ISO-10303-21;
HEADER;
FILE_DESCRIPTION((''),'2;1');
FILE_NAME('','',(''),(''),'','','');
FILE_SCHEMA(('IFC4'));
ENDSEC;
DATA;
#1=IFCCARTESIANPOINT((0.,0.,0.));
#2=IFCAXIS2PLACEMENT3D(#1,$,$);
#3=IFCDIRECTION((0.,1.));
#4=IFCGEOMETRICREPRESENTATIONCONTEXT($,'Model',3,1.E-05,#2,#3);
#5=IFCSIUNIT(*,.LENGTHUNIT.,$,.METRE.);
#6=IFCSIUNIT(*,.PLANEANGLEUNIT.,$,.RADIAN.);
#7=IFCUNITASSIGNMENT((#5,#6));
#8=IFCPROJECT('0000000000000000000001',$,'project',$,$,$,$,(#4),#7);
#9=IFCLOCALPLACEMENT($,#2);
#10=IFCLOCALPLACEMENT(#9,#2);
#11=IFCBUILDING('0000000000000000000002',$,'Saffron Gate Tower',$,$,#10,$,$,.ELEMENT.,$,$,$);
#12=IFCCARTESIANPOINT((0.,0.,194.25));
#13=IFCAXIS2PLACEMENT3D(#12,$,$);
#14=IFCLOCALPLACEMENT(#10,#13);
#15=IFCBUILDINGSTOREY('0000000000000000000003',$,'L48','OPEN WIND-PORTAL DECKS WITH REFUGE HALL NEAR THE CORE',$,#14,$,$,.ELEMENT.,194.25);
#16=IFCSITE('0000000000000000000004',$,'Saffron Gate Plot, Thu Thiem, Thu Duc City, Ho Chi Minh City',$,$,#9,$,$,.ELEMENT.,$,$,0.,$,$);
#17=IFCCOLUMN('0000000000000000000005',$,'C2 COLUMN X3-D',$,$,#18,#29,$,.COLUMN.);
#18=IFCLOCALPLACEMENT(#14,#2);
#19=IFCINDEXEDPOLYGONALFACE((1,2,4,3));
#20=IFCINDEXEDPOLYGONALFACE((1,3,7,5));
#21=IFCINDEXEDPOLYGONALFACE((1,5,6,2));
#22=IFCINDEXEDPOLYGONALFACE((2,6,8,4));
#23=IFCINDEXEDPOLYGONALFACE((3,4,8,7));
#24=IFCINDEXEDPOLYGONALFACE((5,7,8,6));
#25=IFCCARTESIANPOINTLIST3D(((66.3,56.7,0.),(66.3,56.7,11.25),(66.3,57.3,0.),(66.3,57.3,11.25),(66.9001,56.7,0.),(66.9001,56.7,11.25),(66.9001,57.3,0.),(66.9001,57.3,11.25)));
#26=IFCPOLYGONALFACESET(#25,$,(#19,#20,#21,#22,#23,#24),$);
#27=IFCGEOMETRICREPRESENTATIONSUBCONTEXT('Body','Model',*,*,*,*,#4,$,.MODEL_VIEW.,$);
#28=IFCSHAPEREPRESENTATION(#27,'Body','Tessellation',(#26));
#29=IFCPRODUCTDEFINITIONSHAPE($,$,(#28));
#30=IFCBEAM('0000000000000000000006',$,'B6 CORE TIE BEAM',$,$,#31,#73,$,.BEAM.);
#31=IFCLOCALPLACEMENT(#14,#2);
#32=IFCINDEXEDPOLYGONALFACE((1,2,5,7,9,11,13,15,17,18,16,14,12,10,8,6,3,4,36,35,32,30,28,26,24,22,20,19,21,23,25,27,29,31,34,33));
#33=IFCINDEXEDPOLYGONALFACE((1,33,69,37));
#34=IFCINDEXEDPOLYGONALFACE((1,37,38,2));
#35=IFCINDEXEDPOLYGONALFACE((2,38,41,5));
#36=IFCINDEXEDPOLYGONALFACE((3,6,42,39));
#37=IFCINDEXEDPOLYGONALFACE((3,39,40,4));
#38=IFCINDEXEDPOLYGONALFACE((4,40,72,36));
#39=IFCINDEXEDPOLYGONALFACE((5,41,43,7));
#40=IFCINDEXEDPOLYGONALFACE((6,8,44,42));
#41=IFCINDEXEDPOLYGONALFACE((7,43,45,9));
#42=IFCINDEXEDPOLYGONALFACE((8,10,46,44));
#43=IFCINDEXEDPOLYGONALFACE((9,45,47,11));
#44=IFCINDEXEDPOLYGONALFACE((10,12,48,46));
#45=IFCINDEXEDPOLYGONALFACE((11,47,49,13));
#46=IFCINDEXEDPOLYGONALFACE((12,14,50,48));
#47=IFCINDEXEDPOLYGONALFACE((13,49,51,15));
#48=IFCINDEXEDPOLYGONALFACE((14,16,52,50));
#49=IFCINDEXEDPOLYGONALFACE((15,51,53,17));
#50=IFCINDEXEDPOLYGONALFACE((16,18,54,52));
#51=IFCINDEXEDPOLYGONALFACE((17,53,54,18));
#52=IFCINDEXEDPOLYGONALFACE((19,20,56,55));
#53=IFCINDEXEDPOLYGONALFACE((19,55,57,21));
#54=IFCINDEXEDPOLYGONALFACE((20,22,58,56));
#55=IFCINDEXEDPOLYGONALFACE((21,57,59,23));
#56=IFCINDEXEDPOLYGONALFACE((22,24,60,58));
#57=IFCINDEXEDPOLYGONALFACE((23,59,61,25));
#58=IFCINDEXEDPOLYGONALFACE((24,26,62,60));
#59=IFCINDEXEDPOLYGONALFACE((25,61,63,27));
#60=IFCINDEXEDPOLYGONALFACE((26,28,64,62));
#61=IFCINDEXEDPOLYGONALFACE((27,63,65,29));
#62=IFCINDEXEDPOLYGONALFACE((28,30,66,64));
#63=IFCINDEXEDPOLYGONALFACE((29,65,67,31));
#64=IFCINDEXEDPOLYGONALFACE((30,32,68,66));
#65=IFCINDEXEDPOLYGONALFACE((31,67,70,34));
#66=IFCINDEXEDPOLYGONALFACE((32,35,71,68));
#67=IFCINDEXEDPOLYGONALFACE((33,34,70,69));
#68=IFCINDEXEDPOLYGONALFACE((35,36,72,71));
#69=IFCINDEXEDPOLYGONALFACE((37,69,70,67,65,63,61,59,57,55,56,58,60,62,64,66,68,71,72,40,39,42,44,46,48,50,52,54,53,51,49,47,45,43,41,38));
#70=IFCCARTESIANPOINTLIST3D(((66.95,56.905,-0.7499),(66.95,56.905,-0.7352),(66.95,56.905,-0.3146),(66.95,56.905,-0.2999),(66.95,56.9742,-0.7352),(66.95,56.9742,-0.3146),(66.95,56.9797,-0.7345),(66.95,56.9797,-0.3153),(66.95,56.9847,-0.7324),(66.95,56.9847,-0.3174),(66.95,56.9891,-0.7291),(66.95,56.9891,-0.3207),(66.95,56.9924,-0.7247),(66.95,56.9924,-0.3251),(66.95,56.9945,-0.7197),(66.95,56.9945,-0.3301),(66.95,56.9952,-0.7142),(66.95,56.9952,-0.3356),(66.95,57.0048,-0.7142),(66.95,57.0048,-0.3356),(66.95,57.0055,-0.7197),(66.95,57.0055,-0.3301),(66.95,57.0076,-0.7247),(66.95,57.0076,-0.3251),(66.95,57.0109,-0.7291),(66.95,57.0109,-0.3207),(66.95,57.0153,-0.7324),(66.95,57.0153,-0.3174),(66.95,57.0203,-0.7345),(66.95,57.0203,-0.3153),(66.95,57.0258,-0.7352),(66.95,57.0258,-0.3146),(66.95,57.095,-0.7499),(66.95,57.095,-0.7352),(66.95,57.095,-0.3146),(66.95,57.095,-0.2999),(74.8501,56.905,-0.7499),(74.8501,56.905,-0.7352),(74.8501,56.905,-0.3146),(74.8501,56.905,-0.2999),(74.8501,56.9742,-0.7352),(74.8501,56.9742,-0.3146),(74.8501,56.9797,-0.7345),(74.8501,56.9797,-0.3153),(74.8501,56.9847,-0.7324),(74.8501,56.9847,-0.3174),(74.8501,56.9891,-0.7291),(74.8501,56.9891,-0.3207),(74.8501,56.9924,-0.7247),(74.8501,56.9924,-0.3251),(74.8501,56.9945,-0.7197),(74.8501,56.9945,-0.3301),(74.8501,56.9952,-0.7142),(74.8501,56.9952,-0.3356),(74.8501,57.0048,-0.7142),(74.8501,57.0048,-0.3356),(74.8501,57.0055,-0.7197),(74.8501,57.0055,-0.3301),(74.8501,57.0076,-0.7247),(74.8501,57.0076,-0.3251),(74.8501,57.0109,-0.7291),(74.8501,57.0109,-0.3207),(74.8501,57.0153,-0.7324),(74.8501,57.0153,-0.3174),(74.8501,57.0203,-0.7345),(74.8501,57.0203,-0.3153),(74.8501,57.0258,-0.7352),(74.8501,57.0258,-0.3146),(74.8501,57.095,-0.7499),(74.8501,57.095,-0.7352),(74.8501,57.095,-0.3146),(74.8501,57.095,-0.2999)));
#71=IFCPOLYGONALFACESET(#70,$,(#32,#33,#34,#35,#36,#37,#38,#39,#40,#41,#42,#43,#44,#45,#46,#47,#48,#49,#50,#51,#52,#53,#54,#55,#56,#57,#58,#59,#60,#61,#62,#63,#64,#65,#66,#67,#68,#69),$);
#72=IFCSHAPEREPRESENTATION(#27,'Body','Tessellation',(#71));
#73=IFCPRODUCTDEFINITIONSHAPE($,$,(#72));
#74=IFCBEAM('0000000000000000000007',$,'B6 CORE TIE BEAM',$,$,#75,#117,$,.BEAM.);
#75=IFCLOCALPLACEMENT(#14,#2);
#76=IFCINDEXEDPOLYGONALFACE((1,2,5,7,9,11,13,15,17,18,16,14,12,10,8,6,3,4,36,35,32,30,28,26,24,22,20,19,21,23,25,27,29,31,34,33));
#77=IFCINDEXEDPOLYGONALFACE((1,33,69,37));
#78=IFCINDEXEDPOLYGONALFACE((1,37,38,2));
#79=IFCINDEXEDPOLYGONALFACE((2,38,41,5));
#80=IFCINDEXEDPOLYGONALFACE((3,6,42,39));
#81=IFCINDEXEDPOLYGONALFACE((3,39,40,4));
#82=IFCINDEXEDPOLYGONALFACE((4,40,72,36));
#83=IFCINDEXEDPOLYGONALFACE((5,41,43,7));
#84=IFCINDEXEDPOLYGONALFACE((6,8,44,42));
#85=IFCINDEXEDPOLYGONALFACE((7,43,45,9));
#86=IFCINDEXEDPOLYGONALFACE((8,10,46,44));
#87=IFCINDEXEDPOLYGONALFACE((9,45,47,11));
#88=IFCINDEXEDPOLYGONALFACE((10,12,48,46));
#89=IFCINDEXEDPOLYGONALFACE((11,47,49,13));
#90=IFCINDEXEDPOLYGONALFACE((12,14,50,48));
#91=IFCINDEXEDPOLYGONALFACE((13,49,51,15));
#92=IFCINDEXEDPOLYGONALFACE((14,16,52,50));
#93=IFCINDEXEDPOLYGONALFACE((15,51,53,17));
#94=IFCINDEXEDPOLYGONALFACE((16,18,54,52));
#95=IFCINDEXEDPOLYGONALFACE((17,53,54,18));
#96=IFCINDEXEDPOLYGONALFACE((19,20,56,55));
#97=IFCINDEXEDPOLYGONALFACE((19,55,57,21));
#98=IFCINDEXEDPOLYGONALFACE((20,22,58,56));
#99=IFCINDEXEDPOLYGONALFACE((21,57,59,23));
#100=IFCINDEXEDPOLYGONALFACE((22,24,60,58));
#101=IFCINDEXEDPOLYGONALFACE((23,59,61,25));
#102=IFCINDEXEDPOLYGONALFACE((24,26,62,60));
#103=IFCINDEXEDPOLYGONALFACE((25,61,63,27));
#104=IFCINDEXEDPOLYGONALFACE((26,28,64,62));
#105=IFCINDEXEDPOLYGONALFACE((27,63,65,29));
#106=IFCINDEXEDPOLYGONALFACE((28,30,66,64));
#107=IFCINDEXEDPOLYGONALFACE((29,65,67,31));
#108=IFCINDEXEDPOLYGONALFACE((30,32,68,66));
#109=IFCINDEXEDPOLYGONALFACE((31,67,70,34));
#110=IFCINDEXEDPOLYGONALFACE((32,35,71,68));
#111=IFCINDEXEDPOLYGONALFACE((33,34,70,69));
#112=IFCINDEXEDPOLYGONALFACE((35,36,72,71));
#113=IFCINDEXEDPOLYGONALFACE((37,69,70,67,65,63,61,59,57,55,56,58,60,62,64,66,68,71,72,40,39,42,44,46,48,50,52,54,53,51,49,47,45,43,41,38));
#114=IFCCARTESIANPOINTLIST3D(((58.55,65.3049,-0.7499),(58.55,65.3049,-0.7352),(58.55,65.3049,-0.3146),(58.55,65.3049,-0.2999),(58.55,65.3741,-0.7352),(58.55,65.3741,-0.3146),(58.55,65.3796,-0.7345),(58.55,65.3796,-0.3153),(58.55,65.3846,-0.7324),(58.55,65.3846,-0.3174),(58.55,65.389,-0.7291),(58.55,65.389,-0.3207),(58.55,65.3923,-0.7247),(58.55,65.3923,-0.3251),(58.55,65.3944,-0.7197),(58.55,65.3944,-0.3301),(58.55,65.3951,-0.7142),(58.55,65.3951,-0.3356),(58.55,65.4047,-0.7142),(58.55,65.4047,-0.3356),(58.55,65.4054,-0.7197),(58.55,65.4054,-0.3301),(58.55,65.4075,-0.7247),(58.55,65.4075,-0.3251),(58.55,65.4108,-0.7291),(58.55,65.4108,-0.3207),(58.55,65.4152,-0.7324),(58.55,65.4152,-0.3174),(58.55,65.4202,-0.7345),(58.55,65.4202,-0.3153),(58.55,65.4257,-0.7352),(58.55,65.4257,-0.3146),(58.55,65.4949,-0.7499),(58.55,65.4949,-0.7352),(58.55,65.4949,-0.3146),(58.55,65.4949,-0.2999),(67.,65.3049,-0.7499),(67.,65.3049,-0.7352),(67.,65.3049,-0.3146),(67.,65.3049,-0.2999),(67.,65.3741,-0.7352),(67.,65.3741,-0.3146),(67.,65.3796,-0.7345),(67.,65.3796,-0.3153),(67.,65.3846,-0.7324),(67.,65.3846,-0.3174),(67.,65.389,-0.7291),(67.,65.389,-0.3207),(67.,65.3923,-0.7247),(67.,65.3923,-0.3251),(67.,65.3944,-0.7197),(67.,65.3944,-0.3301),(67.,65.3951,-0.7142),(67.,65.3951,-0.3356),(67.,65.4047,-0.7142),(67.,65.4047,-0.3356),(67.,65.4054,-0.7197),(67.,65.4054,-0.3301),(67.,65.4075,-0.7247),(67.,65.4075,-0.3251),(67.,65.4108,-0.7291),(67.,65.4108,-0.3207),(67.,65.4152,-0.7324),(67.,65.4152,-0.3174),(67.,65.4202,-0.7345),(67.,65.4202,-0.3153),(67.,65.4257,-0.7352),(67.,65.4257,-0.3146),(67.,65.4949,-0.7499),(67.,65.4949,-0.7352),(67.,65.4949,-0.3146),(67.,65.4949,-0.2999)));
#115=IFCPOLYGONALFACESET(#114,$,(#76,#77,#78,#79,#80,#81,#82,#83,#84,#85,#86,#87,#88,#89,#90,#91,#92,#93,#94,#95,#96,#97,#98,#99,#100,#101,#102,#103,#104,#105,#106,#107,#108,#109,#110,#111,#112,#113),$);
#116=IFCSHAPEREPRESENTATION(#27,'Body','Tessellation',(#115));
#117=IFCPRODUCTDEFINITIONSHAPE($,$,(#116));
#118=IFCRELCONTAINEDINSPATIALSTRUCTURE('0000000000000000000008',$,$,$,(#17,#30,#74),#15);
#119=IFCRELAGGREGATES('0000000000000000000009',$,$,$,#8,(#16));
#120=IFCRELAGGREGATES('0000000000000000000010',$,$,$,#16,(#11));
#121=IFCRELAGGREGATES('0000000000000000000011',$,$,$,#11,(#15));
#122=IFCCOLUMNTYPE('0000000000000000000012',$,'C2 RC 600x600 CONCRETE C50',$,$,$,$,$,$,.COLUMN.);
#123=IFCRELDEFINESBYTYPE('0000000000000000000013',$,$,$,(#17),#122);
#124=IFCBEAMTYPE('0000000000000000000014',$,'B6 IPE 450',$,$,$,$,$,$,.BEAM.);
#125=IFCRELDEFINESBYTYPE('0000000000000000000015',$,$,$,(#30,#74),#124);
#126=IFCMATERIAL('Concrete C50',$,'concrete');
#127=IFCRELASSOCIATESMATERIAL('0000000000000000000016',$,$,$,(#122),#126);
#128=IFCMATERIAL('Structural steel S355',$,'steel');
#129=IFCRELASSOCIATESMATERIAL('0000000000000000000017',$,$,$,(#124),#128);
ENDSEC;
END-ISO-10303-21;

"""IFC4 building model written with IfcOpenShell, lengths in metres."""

from ifc_helpers import new_model, si_unit, direction, frame, origin, origin_2d, place, context, subcontext, project, spatial, rectangle, i_section, extrude, material, material_profile, profile_set, type_object, element, save


model = new_model("IFC4")

# Units and contexts
model_context = context("Model", 3, precision=1e-05, world=origin(), true_north=direction((0.0, 1.0)))
body_context = subcontext(model_context, "Body", "Model", "MODEL_VIEW")
ifc_project = project(units=[si_unit("LENGTHUNIT", "METRE"), si_unit("PLANEANGLEUNIT", "RADIAN")], contexts=[model_context])

# Site, building, storey
site_placement = place(None, origin())
site = spatial("IfcSite", under=ifc_project, at=site_placement, Name="Saffron Gate Plot, Thu Thiem, Thu Duc City, Ho Chi Minh City", CompositionType="ELEMENT", RefElevation=0.0)
building_placement = place(site_placement, origin())
building = spatial("IfcBuilding", under=site, at=building_placement, Name="Saffron Gate Tower", CompositionType="ELEMENT")
storey_placement = place(building_placement, frame((0.0, 0.0, 194.25)))
storey = spatial("IfcBuildingStorey", under=building, at=storey_placement, Name="L48", Description="OPEN WIND-PORTAL DECKS WITH REFUGE HALL NEAR THE CORE", CompositionType="ELEMENT", Elevation=194.25)

# Column
ifc_material_1 = material(Name="Concrete C50", Category="concrete")
ifc_material_profile_1 = material_profile(ifc_material_1, rectangle(XDim=0.6001, YDim=0.6001, at=origin_2d()))
ifc_profile_set_1 = profile_set([ifc_material_profile_1], Name="Concrete C50")
column_type = type_object("IfcColumnType", Name="C2 RC 600x600 CONCRETE C50", PredefinedType="COLUMN", material=ifc_profile_set_1)
column_placement = place(storey_placement, frame((66.6001, 57.0, 0.0), z_axis=(0.0, 0.0, 1.0), x_axis=(1.0, 0.0, 0.0)))
element("IfcColumn", 1, at=column_placement, inside=storey, type_object=column_type, Name="C2 COLUMN X3-D", PredefinedType="COLUMN", context=body_context, shape_type="SweptSolid", body=[
    extrude(rectangle(XDim=0.6001, YDim=0.6001, at=origin_2d()), origin(), (0.0, 0.0, 1.0), 11.25),
])

# Beams
ifc_material_2 = material(Name="Structural steel S355", Category="steel")
ifc_material_profile_2 = material_profile(ifc_material_2, i_section(OverallWidth=0.1899, OverallDepth=0.45, WebThickness=0.0095, FlangeThickness=0.0146, FilletRadius=0.021, at=origin_2d()))
ifc_profile_set_2 = profile_set([ifc_material_profile_2], Name="Structural steel S355")
beam_type = type_object("IfcBeamType", Name="B6 IPE 450", PredefinedType="BEAM", material=ifc_profile_set_2)
beam_1_placement = place(storey_placement, frame((66.95, 57.0, -0.5249), z_axis=(1.0, 0.0, 0.0), x_axis=(0.0, 1.0, 0.0)))
element("IfcBeam", 2, at=beam_1_placement, inside=storey, type_object=beam_type, Name="B6 CORE TIE BEAM", PredefinedType="BEAM", context=body_context, shape_type="SweptSolid", body=[
    extrude(i_section(OverallWidth=0.1899, OverallDepth=0.45, WebThickness=0.0095, FlangeThickness=0.0146, FilletRadius=0.021, at=origin_2d()), origin(), (0.0, 0.0, 1.0), 7.9001),
])
beam_2_placement = place(storey_placement, frame((58.55, 65.3999, -0.5249), z_axis=(1.0, 0.0, 0.0), x_axis=(0.0, 1.0, 0.0)))
element("IfcBeam", 3, at=beam_2_placement, inside=storey, type_object=beam_type, Name="B6 CORE TIE BEAM", PredefinedType="BEAM", context=body_context, shape_type="SweptSolid", body=[
    extrude(i_section(OverallWidth=0.1899, OverallDepth=0.45, WebThickness=0.0095, FlangeThickness=0.0146, FilletRadius=0.021, at=origin_2d()), origin(), (0.0, 0.0, 1.0), 8.45),
])

save(model, "model.ifc")
